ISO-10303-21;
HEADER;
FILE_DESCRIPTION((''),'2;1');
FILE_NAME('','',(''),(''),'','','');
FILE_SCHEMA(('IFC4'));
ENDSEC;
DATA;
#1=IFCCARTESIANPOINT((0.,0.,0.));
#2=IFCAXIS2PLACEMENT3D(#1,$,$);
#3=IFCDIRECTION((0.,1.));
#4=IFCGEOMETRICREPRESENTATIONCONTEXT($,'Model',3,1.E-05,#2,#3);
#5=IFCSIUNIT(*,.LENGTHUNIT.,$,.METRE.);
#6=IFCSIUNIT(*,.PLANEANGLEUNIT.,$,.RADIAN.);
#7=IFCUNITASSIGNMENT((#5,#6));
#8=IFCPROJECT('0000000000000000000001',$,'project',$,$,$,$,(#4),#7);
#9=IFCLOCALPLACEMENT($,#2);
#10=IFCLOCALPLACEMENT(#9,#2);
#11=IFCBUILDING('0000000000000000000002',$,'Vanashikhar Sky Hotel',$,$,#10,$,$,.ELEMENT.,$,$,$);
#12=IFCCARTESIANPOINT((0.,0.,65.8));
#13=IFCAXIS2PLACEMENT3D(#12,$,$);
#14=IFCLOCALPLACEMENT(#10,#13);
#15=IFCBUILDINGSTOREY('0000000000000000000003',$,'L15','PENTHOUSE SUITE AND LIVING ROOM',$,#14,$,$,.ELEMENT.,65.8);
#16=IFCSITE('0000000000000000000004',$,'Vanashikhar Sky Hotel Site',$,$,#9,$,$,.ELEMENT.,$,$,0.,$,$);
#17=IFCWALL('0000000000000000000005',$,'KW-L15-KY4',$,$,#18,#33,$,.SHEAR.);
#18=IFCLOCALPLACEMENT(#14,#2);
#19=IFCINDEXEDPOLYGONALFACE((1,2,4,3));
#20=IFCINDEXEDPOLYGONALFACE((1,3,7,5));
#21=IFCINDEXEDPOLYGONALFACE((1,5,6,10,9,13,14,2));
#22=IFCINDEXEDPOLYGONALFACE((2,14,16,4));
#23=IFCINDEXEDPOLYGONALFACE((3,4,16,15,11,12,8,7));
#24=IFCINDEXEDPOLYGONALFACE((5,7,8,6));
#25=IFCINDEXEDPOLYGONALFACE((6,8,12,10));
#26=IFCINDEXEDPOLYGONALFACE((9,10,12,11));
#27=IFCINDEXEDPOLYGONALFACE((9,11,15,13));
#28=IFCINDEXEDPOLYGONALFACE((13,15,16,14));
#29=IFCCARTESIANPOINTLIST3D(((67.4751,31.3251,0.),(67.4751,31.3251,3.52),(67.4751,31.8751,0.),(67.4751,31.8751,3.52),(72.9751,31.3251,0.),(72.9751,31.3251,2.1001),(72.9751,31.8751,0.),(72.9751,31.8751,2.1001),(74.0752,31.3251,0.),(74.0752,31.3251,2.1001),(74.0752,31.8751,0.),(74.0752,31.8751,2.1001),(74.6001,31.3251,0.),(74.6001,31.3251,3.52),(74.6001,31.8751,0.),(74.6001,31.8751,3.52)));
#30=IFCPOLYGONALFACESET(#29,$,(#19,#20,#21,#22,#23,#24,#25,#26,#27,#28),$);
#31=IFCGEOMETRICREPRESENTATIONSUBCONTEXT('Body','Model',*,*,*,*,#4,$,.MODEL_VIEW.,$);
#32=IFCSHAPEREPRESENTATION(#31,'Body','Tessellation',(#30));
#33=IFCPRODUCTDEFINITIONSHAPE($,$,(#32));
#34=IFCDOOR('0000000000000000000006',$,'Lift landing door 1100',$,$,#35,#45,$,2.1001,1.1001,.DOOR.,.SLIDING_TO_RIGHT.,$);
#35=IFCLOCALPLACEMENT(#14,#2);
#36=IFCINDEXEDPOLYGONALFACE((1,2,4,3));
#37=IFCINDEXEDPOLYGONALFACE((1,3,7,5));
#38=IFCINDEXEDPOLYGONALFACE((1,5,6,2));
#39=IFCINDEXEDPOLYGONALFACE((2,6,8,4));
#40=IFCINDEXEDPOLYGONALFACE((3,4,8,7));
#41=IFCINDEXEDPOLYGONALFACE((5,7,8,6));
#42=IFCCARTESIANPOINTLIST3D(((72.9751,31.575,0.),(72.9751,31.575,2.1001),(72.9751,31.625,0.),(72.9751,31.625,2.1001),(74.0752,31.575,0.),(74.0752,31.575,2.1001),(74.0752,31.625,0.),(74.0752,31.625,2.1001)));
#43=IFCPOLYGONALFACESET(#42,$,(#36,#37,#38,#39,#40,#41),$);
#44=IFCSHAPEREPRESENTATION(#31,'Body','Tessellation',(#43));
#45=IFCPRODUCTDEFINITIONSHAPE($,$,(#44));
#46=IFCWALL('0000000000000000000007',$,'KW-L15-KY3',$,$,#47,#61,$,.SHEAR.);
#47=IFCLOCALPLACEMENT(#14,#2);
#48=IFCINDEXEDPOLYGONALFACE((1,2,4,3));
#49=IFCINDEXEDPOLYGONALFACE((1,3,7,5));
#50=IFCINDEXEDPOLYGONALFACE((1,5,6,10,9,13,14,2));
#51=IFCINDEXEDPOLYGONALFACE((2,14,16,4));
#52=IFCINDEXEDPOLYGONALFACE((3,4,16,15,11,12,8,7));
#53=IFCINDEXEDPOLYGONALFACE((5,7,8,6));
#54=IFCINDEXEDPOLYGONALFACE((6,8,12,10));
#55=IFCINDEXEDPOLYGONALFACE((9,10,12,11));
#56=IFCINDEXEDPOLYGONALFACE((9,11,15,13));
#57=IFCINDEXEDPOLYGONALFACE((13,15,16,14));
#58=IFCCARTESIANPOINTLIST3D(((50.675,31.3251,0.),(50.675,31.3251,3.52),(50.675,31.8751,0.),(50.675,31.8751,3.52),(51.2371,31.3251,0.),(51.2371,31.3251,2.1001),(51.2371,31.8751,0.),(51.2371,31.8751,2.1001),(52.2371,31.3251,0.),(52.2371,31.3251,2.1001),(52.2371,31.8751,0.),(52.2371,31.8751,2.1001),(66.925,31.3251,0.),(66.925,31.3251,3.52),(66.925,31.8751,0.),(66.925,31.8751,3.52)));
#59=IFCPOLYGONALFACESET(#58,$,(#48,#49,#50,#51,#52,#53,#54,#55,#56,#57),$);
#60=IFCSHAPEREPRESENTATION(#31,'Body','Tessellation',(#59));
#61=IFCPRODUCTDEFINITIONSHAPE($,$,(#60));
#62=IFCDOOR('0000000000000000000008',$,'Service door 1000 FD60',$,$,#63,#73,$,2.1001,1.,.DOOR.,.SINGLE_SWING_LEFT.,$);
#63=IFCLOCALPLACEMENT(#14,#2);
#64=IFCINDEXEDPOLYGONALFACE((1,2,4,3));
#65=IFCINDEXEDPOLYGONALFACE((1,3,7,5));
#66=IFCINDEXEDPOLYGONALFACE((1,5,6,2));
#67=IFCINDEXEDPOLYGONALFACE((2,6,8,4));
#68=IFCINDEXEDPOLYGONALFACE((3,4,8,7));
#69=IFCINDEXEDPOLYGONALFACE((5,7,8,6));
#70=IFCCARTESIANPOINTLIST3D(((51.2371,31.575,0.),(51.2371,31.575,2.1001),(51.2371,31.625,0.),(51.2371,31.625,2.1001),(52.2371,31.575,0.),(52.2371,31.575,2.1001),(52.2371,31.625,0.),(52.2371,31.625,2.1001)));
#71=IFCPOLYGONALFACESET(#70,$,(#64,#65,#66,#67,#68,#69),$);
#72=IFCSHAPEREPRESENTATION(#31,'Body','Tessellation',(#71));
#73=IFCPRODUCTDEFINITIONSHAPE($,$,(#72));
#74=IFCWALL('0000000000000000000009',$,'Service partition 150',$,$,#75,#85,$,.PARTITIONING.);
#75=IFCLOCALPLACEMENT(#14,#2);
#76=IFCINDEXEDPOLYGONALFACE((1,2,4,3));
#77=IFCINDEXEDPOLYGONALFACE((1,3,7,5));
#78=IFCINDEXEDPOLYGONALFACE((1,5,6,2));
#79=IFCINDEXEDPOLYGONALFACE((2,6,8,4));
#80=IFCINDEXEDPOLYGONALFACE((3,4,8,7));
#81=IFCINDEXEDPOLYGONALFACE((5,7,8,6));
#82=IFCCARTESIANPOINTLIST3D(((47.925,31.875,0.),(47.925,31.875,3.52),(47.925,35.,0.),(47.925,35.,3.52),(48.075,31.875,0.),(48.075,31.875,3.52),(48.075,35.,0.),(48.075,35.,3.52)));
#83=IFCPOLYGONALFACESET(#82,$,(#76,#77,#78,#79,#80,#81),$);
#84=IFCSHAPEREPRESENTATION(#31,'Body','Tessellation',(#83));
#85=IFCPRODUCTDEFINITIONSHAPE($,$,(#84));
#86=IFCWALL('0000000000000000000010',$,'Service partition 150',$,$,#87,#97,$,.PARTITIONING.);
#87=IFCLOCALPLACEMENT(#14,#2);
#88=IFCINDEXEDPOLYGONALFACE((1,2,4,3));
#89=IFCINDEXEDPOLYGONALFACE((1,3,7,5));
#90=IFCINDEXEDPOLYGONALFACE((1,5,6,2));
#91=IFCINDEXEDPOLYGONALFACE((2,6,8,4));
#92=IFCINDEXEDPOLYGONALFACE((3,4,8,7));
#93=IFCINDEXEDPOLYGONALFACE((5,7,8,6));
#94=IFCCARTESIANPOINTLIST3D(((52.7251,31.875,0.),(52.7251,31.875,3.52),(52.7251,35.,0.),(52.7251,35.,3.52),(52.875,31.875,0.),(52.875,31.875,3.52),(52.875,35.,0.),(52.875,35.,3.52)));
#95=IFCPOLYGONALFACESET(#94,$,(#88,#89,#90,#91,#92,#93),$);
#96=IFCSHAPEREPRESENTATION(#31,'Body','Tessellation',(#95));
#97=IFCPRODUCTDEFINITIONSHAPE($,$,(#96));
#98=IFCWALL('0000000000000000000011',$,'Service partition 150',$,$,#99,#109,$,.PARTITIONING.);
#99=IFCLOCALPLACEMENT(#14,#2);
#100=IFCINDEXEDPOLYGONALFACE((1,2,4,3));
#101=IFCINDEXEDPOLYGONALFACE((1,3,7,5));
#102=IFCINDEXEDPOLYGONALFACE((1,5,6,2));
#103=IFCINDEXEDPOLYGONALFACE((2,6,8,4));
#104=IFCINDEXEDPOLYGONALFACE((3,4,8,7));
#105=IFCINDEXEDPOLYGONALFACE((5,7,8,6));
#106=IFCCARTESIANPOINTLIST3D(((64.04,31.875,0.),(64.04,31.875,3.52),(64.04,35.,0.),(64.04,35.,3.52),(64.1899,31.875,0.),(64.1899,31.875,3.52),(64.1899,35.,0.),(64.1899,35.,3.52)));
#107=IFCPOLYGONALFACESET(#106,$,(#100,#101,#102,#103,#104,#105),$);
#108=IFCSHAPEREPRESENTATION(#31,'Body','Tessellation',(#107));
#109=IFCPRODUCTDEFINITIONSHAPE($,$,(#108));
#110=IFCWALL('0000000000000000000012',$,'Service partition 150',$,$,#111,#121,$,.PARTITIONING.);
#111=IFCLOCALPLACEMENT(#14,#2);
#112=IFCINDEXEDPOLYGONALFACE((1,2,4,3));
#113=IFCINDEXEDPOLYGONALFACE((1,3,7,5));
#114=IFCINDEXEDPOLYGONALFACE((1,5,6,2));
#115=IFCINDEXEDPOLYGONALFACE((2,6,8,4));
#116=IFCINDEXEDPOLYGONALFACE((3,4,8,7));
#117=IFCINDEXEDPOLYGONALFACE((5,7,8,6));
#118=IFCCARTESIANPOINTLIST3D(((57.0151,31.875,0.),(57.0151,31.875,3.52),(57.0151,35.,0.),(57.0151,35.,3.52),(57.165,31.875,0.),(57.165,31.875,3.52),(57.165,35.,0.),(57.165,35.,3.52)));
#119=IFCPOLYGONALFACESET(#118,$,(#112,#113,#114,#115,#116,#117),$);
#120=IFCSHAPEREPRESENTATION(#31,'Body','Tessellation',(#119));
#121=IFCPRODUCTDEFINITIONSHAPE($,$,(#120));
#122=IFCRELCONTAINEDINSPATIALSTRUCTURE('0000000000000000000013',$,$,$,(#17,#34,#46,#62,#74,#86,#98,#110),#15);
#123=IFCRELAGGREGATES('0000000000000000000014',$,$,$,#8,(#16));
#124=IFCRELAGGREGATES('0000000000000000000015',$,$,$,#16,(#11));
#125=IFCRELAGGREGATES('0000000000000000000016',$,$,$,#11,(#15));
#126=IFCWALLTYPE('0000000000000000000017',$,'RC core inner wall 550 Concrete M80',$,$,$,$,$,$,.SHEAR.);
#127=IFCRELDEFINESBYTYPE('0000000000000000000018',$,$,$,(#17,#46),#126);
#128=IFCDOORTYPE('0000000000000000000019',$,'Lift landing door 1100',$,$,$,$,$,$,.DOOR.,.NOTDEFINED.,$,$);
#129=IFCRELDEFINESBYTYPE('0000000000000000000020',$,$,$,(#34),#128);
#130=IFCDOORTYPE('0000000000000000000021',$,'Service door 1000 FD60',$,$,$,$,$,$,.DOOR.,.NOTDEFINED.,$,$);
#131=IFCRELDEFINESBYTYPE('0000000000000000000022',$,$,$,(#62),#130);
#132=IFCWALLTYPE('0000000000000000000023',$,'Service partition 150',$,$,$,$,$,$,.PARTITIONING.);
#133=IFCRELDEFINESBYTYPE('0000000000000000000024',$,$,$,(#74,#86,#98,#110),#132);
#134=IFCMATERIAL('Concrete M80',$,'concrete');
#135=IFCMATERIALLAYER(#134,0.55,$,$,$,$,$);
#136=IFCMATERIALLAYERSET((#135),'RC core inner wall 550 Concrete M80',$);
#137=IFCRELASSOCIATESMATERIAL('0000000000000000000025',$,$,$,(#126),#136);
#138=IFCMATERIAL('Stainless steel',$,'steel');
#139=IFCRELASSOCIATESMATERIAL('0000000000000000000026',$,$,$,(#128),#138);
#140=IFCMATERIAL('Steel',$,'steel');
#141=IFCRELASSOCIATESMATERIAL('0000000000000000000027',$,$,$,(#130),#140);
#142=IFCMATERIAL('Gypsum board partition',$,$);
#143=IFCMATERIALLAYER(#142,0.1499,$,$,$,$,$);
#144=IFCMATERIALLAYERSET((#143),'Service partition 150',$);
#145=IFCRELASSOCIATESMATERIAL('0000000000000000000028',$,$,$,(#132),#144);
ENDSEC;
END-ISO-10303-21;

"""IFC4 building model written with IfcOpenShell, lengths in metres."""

from ifc_helpers import new_model, si_unit, direction, frame, frame_2d, origin, place, context, subcontext, project, spatial, rectangle, extrude, source, transform, mapped, material, layer, layer_set, type_object, element, fill, save


model = new_model("IFC4")

# Units and contexts
model_context = context("Model", 3, precision=1e-05, world=origin(), true_north=direction((0.0, 1.0)))
body_context = subcontext(model_context, "Body", "Model", "MODEL_VIEW")
ifc_project = project(units=[si_unit("LENGTHUNIT", "METRE"), si_unit("PLANEANGLEUNIT", "RADIAN")], contexts=[model_context])

# Site, building, storey
site_placement = place(None, origin())
site = spatial("IfcSite", under=ifc_project, at=site_placement, Name="Vanashikhar Sky Hotel Site", CompositionType="ELEMENT", RefElevation=0.0)
building_placement = place(site_placement, origin())
building = spatial("IfcBuilding", under=site, at=building_placement, Name="Vanashikhar Sky Hotel", CompositionType="ELEMENT")
storey_placement = place(building_placement, frame((0.0, 0.0, 65.8)))
storey = spatial("IfcBuildingStorey", under=building, at=storey_placement, Name="L15", Description="PENTHOUSE SUITE AND LIVING ROOM", CompositionType="ELEMENT", Elevation=65.8)

# Walls, openings, doors
ifc_material_1 = material(Name="Concrete M80", Category="concrete")
ifc_layer_1 = layer(ifc_material_1, 0.55)
ifc_layer_set_1 = layer_set([ifc_layer_1], Name="RC core inner wall 550 Concrete M80")
wall_type_1 = type_object("IfcWallType", Name="RC core inner wall 550 Concrete M80", PredefinedType="SHEAR", material=ifc_layer_set_1)
shared_shape_1 = source(origin(), body_context, "Body", "SweptSolid", [
    extrude(rectangle(XDim=7.125, YDim=0.55, at=frame_2d((3.5625, 0.0))), origin(), (0.0, 0.0, 1.0), 3.52),
])
wall_1_placement = place(storey_placement, frame((67.4751, 31.6001, 0.0), z_axis=(0.0, 0.0, 1.0), x_axis=(1.0, 0.0, 0.0)))
wall_1 = element("IfcWall", 1, at=wall_1_placement, inside=storey, type_object=wall_type_1, Name="KW-L15-KY4", PredefinedType="SHEAR", context=body_context, shape_type="MappedRepresentation", body=[
    mapped(shared_shape_1, transform((0.0, 0.0, 0.0), scale=1.0)),
])
shared_shape_2 = source(origin(), body_context, "Body", "SweptSolid", [
    extrude(rectangle(XDim=1.1001, YDim=2.1001, at=frame_2d((0.55, 1.05))), frame((0.0, 0.2852, 0.0), z_axis=(0.0, -1.0, 0.0), x_axis=(1.0, 0.0, 0.0)), (0.0, 0.0, 1.0), 0.5701),
])
opening_1_placement = place(wall_1_placement, frame((5.5, 0.0, 0.0)))
opening_1 = element("IfcOpeningElement", 2, at=opening_1_placement, cuts=wall_1, PredefinedType="OPENING", context=body_context, shape_type="MappedRepresentation", body=[
    mapped(shared_shape_2, transform((0.0, 0.0, 0.0), scale=1.0)),
])
ifc_material_2 = material(Name="Stainless steel", Category="steel")
door_type_1 = type_object("IfcDoorType", Name="Lift landing door 1100", OperationType="NOTDEFINED", PredefinedType="DOOR", material=ifc_material_2)
shared_shape_3 = source(origin(), body_context, "Body", "SweptSolid", [
    extrude(rectangle(XDim=1.1001, YDim=2.1001, at=frame_2d((0.55, 1.05))), frame((0.0, 0.0249, 0.0), z_axis=(0.0, -1.0, 0.0), x_axis=(1.0, 0.0, 0.0)), (0.0, 0.0, 1.0), 0.05),
])
door_1_placement = place(opening_1_placement, origin())
door_1 = element("IfcDoor", 3, at=door_1_placement, inside=storey, type_object=door_type_1, Name="Lift landing door 1100", OperationType="SLIDING_TO_RIGHT", OverallHeight=2.1001, OverallWidth=1.1001, PredefinedType="DOOR", context=body_context, shape_type="MappedRepresentation", body=[
    mapped(shared_shape_3, transform((0.0, 0.0, 0.0), scale=1.0)),
])
fill(opening_1, door_1)
shared_shape_4 = source(origin(), body_context, "Body", "SweptSolid", [
    extrude(rectangle(XDim=16.25, YDim=0.55, at=frame_2d((8.125, 0.0))), origin(), (0.0, 0.0, 1.0), 3.52),
])
wall_2_placement = place(storey_placement, frame((50.675, 31.6001, 0.0), z_axis=(0.0, 0.0, 1.0), x_axis=(1.0, 0.0, 0.0)))
wall_2 = element("IfcWall", 4, at=wall_2_placement, inside=storey, type_object=wall_type_1, Name="KW-L15-KY3", PredefinedType="SHEAR", context=body_context, shape_type="MappedRepresentation", body=[
    mapped(shared_shape_4, transform((0.0, 0.0, 0.0), scale=1.0)),
])
shared_shape_5 = source(origin(), body_context, "Body", "SweptSolid", [
    extrude(rectangle(XDim=1.0, YDim=2.1001, at=frame_2d((0.5, 1.05))), frame((0.0, 0.2852, 0.0), z_axis=(0.0, -1.0, 0.0), x_axis=(1.0, 0.0, 0.0)), (0.0, 0.0, 1.0), 0.5701),
])
opening_2_placement = place(wall_2_placement, frame((0.562, 0.0, 0.0)))
opening_2 = element("IfcOpeningElement", 5, at=opening_2_placement, cuts=wall_2, PredefinedType="OPENING", context=body_context, shape_type="MappedRepresentation", body=[
    mapped(shared_shape_5, transform((0.0, 0.0, 0.0), scale=1.0)),
])
ifc_material_3 = material(Name="Steel", Category="steel")
door_type_2 = type_object("IfcDoorType", Name="Service door 1000 FD60", OperationType="NOTDEFINED", PredefinedType="DOOR", material=ifc_material_3)
shared_shape_6 = source(origin(), body_context, "Body", "SweptSolid", [
    extrude(rectangle(XDim=1.0, YDim=2.1001, at=frame_2d((0.5, 1.05))), frame((0.0, 0.0249, 0.0), z_axis=(0.0, -1.0, 0.0), x_axis=(1.0, 0.0, 0.0)), (0.0, 0.0, 1.0), 0.05),
])
door_2_placement = place(opening_2_placement, origin())
door_2 = element("IfcDoor", 6, at=door_2_placement, inside=storey, type_object=door_type_2, Name="Service door 1000 FD60", OperationType="SINGLE_SWING_LEFT", OverallHeight=2.1001, OverallWidth=1.0, PredefinedType="DOOR", context=body_context, shape_type="MappedRepresentation", body=[
    mapped(shared_shape_6, transform((0.0, 0.0, 0.0), scale=1.0)),
])
fill(opening_2, door_2)

# Walls
ifc_material_4 = material(Name="Gypsum board partition")
ifc_layer_2 = layer(ifc_material_4, 0.1499)
ifc_layer_set_2 = layer_set([ifc_layer_2], Name="Service partition 150")
wall_type_2 = type_object("IfcWallType", Name="Service partition 150", PredefinedType="PARTITIONING", material=ifc_layer_set_2)
shared_shape_7 = source(origin(), body_context, "Body", "SweptSolid", [
    extrude(rectangle(XDim=3.125, YDim=0.1499, at=frame_2d((1.5625, 0.0))), origin(), (0.0, 0.0, 1.0), 3.52),
])
for number, where, z_axis, x_axis, name in (
    (7, (48.0, 31.875, 0.0), (0.0, 0.0, 1.0), (0.0, 1.0, 0.0), "Service partition 150"),
    (8, (52.8, 31.875, 0.0), (0.0, 0.0, 1.0), (0.0, 1.0, 0.0), "Service partition 150"),
    (9, (64.115, 31.875, 0.0), (0.0, 0.0, 1.0), (0.0, 1.0, 0.0), "Service partition 150"),
    (10, (57.0901, 31.875, 0.0), (0.0, 0.0, 1.0), (0.0, 1.0, 0.0), "Service partition 150"),
):
    element("IfcWall", number, at=place(storey_placement, frame(where, z_axis=z_axis, x_axis=x_axis)), inside=storey, type_object=wall_type_2, Name=name, PredefinedType="PARTITIONING", context=body_context, shape_type="MappedRepresentation", body=[
        mapped(shared_shape_7, transform((0.0, 0.0, 0.0), scale=1.0)),
    ])

save(model, "model.ifc")
